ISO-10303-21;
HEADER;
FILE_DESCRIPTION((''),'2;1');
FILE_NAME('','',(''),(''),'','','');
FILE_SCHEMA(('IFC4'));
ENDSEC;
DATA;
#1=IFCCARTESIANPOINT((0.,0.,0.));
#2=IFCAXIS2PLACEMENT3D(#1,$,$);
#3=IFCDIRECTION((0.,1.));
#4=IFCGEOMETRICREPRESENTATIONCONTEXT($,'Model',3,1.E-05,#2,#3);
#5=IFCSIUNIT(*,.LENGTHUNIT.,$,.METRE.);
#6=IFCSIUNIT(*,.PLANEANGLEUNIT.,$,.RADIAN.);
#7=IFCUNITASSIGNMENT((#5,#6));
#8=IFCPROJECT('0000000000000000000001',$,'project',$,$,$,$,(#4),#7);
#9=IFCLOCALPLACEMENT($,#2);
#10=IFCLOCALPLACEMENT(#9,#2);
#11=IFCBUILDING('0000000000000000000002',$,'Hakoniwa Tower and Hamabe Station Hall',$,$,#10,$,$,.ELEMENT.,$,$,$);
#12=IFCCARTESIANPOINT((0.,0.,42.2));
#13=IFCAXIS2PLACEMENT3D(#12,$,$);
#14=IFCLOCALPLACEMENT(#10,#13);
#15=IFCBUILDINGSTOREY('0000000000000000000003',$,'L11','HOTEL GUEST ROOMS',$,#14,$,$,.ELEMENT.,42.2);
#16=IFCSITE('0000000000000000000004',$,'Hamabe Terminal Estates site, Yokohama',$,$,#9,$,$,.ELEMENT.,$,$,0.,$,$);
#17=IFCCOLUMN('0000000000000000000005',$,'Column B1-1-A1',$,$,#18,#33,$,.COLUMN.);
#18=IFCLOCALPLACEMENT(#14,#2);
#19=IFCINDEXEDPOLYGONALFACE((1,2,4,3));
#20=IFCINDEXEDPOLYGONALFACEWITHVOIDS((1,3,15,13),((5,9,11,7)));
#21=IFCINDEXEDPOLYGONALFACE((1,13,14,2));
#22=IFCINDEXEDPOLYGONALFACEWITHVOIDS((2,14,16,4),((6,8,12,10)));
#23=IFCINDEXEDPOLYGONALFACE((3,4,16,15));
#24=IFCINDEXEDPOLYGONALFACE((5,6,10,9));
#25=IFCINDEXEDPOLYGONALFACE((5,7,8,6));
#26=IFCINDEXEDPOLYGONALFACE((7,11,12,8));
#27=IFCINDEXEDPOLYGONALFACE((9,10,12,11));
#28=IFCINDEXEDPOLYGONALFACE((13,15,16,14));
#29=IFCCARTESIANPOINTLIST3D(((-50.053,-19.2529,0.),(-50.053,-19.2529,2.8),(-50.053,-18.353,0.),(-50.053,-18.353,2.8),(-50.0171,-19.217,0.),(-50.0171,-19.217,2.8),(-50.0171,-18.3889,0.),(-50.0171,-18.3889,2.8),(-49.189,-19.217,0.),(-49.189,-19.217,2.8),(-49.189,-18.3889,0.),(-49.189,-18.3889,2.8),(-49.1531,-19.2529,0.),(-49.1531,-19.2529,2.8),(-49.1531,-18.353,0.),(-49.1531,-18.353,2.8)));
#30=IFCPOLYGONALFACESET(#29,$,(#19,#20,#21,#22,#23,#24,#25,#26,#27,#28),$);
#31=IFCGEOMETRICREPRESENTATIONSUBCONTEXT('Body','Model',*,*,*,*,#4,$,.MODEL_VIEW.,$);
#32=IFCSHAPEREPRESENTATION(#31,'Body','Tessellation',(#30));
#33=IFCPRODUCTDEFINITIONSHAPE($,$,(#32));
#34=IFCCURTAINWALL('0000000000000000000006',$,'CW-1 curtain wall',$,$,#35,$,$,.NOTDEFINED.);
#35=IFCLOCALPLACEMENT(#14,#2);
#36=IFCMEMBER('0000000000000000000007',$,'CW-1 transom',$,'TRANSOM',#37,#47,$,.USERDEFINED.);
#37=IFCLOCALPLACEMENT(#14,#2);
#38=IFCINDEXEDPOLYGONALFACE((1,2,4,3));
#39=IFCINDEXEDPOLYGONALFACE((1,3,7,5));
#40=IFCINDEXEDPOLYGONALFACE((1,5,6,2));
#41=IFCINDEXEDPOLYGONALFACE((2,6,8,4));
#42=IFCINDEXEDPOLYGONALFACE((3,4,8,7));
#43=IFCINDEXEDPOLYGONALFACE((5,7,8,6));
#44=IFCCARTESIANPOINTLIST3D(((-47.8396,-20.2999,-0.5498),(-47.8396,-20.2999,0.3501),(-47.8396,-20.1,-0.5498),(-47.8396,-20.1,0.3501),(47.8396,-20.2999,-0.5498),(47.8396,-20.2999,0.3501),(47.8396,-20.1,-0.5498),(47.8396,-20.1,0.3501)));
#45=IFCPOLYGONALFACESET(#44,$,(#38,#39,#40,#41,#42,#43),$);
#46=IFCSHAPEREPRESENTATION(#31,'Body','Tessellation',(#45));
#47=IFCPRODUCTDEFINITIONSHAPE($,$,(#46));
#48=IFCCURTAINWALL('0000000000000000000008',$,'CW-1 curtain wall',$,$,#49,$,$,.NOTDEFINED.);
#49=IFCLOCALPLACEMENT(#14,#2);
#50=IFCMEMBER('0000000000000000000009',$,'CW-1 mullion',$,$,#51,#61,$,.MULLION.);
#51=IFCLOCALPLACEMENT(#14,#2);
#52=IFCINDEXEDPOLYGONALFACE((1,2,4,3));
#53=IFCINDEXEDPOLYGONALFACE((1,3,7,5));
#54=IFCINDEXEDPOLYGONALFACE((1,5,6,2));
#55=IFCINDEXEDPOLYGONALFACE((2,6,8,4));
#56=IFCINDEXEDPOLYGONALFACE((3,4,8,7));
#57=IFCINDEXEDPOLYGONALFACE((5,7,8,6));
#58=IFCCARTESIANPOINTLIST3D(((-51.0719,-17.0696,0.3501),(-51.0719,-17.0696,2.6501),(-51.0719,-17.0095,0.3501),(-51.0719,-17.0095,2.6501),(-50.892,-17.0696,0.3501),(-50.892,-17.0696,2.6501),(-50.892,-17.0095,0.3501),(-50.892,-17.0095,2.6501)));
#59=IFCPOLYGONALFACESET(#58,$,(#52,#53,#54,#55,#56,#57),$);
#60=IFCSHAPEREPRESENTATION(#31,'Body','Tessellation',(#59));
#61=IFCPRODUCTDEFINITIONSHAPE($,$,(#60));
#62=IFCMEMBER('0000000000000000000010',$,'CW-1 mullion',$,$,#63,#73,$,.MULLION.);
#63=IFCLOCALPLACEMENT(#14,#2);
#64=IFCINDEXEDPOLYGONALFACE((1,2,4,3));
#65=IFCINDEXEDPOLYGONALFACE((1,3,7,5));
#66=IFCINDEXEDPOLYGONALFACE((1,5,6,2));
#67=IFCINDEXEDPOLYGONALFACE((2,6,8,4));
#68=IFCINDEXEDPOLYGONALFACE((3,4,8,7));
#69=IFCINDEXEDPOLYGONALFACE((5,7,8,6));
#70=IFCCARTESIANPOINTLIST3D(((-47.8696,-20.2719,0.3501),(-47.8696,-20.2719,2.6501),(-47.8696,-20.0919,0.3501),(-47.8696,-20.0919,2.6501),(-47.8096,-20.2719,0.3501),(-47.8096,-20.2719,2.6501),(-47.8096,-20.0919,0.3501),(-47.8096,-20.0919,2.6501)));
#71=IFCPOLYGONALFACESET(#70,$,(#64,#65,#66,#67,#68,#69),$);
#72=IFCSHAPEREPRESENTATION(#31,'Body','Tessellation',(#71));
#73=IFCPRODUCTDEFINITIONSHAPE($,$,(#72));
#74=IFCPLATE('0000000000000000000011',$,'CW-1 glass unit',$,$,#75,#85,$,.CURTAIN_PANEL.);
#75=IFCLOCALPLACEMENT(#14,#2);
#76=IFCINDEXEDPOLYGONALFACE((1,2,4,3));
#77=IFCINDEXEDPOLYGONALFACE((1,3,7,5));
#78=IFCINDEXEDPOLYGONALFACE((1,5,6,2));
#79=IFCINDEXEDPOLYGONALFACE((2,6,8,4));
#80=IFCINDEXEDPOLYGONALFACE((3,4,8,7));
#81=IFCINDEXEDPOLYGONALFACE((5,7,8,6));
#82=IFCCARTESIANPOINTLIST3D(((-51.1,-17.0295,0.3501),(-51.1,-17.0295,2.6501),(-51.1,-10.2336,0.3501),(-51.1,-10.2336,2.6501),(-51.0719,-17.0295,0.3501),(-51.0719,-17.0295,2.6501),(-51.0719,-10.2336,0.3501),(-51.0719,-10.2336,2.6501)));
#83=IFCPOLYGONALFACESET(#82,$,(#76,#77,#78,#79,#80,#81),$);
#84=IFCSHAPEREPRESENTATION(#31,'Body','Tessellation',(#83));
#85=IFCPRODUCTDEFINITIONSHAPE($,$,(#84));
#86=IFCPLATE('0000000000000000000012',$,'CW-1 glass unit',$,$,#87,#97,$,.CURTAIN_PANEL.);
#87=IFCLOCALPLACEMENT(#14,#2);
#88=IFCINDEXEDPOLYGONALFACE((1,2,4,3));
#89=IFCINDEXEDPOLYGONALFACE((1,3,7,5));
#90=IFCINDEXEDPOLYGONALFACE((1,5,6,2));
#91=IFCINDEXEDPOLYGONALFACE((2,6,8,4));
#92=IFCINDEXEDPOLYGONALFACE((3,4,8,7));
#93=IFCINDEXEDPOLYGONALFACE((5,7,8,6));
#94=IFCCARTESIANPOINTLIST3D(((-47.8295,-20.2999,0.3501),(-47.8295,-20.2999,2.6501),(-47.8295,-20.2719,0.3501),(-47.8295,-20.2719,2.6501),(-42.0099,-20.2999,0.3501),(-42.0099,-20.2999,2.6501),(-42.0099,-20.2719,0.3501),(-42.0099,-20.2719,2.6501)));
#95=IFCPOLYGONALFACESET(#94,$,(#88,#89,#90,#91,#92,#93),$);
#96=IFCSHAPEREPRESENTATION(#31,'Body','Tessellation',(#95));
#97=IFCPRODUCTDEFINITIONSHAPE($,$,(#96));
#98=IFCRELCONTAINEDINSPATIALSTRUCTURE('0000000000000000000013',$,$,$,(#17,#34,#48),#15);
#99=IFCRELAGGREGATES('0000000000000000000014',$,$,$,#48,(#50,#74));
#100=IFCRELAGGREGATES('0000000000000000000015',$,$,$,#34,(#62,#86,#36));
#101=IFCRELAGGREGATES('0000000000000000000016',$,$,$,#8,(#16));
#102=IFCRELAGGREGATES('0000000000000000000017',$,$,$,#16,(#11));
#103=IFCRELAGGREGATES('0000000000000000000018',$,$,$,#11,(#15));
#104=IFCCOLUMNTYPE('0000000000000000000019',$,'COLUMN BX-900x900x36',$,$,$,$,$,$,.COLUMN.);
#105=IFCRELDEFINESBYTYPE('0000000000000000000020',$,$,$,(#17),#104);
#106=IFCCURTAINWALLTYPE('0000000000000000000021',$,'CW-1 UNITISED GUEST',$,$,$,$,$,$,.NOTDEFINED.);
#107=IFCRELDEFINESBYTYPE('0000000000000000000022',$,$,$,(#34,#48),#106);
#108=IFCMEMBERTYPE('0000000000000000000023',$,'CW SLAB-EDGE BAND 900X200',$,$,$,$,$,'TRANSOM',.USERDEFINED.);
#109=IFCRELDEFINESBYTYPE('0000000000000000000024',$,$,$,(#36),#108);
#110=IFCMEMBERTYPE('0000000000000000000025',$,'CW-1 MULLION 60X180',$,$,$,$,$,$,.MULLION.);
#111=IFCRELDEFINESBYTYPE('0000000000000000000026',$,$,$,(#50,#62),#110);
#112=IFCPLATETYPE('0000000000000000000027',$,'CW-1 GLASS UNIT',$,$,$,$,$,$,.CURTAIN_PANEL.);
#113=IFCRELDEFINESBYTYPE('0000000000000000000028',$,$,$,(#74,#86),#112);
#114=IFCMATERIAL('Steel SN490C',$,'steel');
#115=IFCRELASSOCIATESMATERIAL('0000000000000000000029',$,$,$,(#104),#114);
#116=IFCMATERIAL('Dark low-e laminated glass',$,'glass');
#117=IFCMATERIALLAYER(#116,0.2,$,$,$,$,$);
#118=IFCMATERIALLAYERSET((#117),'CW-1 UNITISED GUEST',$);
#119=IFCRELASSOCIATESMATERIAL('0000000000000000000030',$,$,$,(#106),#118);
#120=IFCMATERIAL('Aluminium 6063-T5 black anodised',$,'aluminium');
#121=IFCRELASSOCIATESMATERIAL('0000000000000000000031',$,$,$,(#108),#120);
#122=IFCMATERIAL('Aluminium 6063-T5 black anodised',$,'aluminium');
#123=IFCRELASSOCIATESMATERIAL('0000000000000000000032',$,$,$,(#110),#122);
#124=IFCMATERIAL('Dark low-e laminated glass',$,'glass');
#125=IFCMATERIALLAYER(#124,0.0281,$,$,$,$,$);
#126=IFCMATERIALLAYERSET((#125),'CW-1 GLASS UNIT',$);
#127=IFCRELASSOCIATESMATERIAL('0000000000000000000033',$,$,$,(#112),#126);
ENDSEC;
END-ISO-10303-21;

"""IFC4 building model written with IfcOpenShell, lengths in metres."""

from ifc_helpers import new_model, si_unit, direction, frame, origin, origin_2d, place, context, subcontext, project, spatial, rectangle, hollow_rectangle, extrude, material, layer, layer_set, material_profile, profile_set, type_object, element, aggregate, save


model = new_model("IFC4")

# Units and contexts
model_context = context("Model", 3, precision=1e-05, world=origin(), true_north=direction((0.0, 1.0)))
body_context = subcontext(model_context, "Body", "Model", "MODEL_VIEW")
ifc_project = project(units=[si_unit("LENGTHUNIT", "METRE"), si_unit("PLANEANGLEUNIT", "RADIAN")], contexts=[model_context])

# Site, building, storey
site_placement = place(None, origin())
site = spatial("IfcSite", under=ifc_project, at=site_placement, Name="Hamabe Terminal Estates site, Yokohama", CompositionType="ELEMENT", RefElevation=0.0)
building_placement = place(site_placement, origin())
building = spatial("IfcBuilding", under=site, at=building_placement, Name="Hakoniwa Tower and Hamabe Station Hall", CompositionType="ELEMENT")
storey_placement = place(building_placement, frame((0.0, 0.0, 42.2)))
storey = spatial("IfcBuildingStorey", under=building, at=storey_placement, Name="L11", Description="HOTEL GUEST ROOMS", CompositionType="ELEMENT", Elevation=42.2)

# Column
ifc_material_1 = material(Name="Steel SN490C", Category="steel")
ifc_material_profile_1 = material_profile(ifc_material_1, hollow_rectangle(XDim=0.8999, YDim=0.8999, WallThickness=0.0359, at=origin_2d()), Name="BX-900x900x36")
ifc_profile_set_1 = profile_set([ifc_material_profile_1], Name="Steel SN490C")
column_type = type_object("IfcColumnType", Name="COLUMN BX-900x900x36", PredefinedType="COLUMN", material=ifc_profile_set_1)
column_placement = place(storey_placement, frame((-49.603, -18.803, 0.0), z_axis=(0.0, 0.0, 1.0), x_axis=(1.0, 0.0, 0.0)))
element("IfcColumn", 1, at=column_placement, inside=storey, type_object=column_type, Name="Column B1-1-A1", PredefinedType="COLUMN", context=body_context, shape_type="SweptSolid", body=[
    extrude(hollow_rectangle(XDim=0.8999, YDim=0.8999, WallThickness=0.0359, at=origin_2d()), origin(), (0.0, 0.0, 1.0), 2.8),
])

# Curtain walls, members
ifc_material_2 = material(Name="Dark low-e laminated glass", Category="glass")
ifc_layer_1 = layer(ifc_material_2, 0.2)
ifc_layer_set_1 = layer_set([ifc_layer_1], Name="CW-1 UNITISED GUEST")
curtain_wall_type = type_object("IfcCurtainWallType", Name="CW-1 UNITISED GUEST", PredefinedType="NOTDEFINED", material=ifc_layer_set_1)
curtain_wall_1_placement = place(storey_placement, origin())
curtain_wall_1 = element("IfcCurtainWall", 2, at=curtain_wall_1_placement, inside=storey, type_object=curtain_wall_type, Name="CW-1 curtain wall", PredefinedType="NOTDEFINED")
ifc_material_3 = material(Name="Aluminium 6063-T5 black anodised", Category="aluminium")
ifc_material_profile_2 = material_profile(ifc_material_3, rectangle(XDim=0.2, YDim=0.8999, at=origin_2d()), Name="CW SLAB-EDGE BAND 900X200")
ifc_profile_set_2 = profile_set([ifc_material_profile_2], Name="Aluminium 6063-T5 black anodised")
member_type_1 = type_object("IfcMemberType", Name="CW SLAB-EDGE BAND 900X200", ElementType="TRANSOM", PredefinedType="USERDEFINED", material=ifc_profile_set_2)
member_1_placement = place(storey_placement, frame((-47.8396, -20.2, -0.0999), z_axis=(1.0, 0.0, 0.0), x_axis=(0.0, 1.0, 0.0)))
member_1 = element("IfcMember", 3, at=member_1_placement, type_object=member_type_1, Name="CW-1 transom", ObjectType="TRANSOM", PredefinedType="USERDEFINED", context=body_context, shape_type="SweptSolid", body=[
    extrude(rectangle(XDim=0.2, YDim=0.8999, at=origin_2d()), origin(), (0.0, 0.0, 1.0), 95.6792),
])
curtain_wall_2_placement = place(storey_placement, origin())
curtain_wall_2 = element("IfcCurtainWall", 4, at=curtain_wall_2_placement, inside=storey, type_object=curtain_wall_type, Name="CW-1 curtain wall", PredefinedType="NOTDEFINED")
ifc_material_4 = material(Name="Aluminium 6063-T5 black anodised", Category="aluminium")
ifc_material_profile_3 = material_profile(ifc_material_4, rectangle(XDim=0.0601, YDim=0.1799, at=origin_2d()), Name="CW-1 MULLION 60X180")
ifc_profile_set_3 = profile_set([ifc_material_profile_3], Name="Aluminium 6063-T5 black anodised")
member_type_2 = type_object("IfcMemberType", Name="CW-1 MULLION 60X180", PredefinedType="MULLION", material=ifc_profile_set_3)
member_2_placement = place(storey_placement, frame((-50.9819, -17.0396, 0.3501), z_axis=(0.0, 0.0, 1.0), x_axis=(0.0, -1.0, 0.0)))
member_2 = element("IfcMember", 5, at=member_2_placement, type_object=member_type_2, Name="CW-1 mullion", PredefinedType="MULLION", context=body_context, shape_type="SweptSolid", body=[
    extrude(rectangle(XDim=0.0601, YDim=0.1799, at=origin_2d()), origin(), (0.0, 0.0, 1.0), 2.3),
])

# Member
member_3_placement = place(storey_placement, frame((-47.8396, -20.1819, 0.3501), z_axis=(0.0, 0.0, 1.0), x_axis=(1.0, 0.0, 0.0)))
member_3 = element("IfcMember", 6, at=member_3_placement, type_object=member_type_2, Name="CW-1 mullion", PredefinedType="MULLION", context=body_context, shape_type="SweptSolid", body=[
    extrude(rectangle(XDim=0.0601, YDim=0.1799, at=origin_2d()), origin(), (0.0, 0.0, 1.0), 2.3),
])

# Plates
ifc_material_5 = material(Name="Dark low-e laminated glass", Category="glass")
ifc_layer_2 = layer(ifc_material_5, 0.0281)
ifc_layer_set_2 = layer_set([ifc_layer_2], Name="CW-1 GLASS UNIT")
plate_type = type_object("IfcPlateType", Name="CW-1 GLASS UNIT", PredefinedType="CURTAIN_PANEL", material=ifc_layer_set_2)
plate_1_placement = place(storey_placement, frame((-51.0859, -13.6316, 0.3501), z_axis=(0.0, 0.0, 1.0), x_axis=(0.0, -1.0, 0.0)))
plate_1 = element("IfcPlate", 7, at=plate_1_placement, type_object=plate_type, Name="CW-1 glass unit", PredefinedType="CURTAIN_PANEL", context=body_context, shape_type="SweptSolid", body=[
    extrude(rectangle(XDim=6.7959, YDim=0.0281, at=origin_2d()), origin(), (0.0, 0.0, 1.0), 2.3),
])
aggregate(curtain_wall_2, [member_2, plate_1])
plate_2_placement = place(storey_placement, frame((-44.9197, -20.2859, 0.3501), z_axis=(0.0, 0.0, 1.0), x_axis=(1.0, 0.0, 0.0)))
plate_2 = element("IfcPlate", 8, at=plate_2_placement, type_object=plate_type, Name="CW-1 glass unit", PredefinedType="CURTAIN_PANEL", context=body_context, shape_type="SweptSolid", body=[
    extrude(rectangle(XDim=5.8196, YDim=0.0281, at=origin_2d()), origin(), (0.0, 0.0, 1.0), 2.3),
])
aggregate(curtain_wall_1, [member_3, plate_2, member_1])

save(model, "model.ifc")
